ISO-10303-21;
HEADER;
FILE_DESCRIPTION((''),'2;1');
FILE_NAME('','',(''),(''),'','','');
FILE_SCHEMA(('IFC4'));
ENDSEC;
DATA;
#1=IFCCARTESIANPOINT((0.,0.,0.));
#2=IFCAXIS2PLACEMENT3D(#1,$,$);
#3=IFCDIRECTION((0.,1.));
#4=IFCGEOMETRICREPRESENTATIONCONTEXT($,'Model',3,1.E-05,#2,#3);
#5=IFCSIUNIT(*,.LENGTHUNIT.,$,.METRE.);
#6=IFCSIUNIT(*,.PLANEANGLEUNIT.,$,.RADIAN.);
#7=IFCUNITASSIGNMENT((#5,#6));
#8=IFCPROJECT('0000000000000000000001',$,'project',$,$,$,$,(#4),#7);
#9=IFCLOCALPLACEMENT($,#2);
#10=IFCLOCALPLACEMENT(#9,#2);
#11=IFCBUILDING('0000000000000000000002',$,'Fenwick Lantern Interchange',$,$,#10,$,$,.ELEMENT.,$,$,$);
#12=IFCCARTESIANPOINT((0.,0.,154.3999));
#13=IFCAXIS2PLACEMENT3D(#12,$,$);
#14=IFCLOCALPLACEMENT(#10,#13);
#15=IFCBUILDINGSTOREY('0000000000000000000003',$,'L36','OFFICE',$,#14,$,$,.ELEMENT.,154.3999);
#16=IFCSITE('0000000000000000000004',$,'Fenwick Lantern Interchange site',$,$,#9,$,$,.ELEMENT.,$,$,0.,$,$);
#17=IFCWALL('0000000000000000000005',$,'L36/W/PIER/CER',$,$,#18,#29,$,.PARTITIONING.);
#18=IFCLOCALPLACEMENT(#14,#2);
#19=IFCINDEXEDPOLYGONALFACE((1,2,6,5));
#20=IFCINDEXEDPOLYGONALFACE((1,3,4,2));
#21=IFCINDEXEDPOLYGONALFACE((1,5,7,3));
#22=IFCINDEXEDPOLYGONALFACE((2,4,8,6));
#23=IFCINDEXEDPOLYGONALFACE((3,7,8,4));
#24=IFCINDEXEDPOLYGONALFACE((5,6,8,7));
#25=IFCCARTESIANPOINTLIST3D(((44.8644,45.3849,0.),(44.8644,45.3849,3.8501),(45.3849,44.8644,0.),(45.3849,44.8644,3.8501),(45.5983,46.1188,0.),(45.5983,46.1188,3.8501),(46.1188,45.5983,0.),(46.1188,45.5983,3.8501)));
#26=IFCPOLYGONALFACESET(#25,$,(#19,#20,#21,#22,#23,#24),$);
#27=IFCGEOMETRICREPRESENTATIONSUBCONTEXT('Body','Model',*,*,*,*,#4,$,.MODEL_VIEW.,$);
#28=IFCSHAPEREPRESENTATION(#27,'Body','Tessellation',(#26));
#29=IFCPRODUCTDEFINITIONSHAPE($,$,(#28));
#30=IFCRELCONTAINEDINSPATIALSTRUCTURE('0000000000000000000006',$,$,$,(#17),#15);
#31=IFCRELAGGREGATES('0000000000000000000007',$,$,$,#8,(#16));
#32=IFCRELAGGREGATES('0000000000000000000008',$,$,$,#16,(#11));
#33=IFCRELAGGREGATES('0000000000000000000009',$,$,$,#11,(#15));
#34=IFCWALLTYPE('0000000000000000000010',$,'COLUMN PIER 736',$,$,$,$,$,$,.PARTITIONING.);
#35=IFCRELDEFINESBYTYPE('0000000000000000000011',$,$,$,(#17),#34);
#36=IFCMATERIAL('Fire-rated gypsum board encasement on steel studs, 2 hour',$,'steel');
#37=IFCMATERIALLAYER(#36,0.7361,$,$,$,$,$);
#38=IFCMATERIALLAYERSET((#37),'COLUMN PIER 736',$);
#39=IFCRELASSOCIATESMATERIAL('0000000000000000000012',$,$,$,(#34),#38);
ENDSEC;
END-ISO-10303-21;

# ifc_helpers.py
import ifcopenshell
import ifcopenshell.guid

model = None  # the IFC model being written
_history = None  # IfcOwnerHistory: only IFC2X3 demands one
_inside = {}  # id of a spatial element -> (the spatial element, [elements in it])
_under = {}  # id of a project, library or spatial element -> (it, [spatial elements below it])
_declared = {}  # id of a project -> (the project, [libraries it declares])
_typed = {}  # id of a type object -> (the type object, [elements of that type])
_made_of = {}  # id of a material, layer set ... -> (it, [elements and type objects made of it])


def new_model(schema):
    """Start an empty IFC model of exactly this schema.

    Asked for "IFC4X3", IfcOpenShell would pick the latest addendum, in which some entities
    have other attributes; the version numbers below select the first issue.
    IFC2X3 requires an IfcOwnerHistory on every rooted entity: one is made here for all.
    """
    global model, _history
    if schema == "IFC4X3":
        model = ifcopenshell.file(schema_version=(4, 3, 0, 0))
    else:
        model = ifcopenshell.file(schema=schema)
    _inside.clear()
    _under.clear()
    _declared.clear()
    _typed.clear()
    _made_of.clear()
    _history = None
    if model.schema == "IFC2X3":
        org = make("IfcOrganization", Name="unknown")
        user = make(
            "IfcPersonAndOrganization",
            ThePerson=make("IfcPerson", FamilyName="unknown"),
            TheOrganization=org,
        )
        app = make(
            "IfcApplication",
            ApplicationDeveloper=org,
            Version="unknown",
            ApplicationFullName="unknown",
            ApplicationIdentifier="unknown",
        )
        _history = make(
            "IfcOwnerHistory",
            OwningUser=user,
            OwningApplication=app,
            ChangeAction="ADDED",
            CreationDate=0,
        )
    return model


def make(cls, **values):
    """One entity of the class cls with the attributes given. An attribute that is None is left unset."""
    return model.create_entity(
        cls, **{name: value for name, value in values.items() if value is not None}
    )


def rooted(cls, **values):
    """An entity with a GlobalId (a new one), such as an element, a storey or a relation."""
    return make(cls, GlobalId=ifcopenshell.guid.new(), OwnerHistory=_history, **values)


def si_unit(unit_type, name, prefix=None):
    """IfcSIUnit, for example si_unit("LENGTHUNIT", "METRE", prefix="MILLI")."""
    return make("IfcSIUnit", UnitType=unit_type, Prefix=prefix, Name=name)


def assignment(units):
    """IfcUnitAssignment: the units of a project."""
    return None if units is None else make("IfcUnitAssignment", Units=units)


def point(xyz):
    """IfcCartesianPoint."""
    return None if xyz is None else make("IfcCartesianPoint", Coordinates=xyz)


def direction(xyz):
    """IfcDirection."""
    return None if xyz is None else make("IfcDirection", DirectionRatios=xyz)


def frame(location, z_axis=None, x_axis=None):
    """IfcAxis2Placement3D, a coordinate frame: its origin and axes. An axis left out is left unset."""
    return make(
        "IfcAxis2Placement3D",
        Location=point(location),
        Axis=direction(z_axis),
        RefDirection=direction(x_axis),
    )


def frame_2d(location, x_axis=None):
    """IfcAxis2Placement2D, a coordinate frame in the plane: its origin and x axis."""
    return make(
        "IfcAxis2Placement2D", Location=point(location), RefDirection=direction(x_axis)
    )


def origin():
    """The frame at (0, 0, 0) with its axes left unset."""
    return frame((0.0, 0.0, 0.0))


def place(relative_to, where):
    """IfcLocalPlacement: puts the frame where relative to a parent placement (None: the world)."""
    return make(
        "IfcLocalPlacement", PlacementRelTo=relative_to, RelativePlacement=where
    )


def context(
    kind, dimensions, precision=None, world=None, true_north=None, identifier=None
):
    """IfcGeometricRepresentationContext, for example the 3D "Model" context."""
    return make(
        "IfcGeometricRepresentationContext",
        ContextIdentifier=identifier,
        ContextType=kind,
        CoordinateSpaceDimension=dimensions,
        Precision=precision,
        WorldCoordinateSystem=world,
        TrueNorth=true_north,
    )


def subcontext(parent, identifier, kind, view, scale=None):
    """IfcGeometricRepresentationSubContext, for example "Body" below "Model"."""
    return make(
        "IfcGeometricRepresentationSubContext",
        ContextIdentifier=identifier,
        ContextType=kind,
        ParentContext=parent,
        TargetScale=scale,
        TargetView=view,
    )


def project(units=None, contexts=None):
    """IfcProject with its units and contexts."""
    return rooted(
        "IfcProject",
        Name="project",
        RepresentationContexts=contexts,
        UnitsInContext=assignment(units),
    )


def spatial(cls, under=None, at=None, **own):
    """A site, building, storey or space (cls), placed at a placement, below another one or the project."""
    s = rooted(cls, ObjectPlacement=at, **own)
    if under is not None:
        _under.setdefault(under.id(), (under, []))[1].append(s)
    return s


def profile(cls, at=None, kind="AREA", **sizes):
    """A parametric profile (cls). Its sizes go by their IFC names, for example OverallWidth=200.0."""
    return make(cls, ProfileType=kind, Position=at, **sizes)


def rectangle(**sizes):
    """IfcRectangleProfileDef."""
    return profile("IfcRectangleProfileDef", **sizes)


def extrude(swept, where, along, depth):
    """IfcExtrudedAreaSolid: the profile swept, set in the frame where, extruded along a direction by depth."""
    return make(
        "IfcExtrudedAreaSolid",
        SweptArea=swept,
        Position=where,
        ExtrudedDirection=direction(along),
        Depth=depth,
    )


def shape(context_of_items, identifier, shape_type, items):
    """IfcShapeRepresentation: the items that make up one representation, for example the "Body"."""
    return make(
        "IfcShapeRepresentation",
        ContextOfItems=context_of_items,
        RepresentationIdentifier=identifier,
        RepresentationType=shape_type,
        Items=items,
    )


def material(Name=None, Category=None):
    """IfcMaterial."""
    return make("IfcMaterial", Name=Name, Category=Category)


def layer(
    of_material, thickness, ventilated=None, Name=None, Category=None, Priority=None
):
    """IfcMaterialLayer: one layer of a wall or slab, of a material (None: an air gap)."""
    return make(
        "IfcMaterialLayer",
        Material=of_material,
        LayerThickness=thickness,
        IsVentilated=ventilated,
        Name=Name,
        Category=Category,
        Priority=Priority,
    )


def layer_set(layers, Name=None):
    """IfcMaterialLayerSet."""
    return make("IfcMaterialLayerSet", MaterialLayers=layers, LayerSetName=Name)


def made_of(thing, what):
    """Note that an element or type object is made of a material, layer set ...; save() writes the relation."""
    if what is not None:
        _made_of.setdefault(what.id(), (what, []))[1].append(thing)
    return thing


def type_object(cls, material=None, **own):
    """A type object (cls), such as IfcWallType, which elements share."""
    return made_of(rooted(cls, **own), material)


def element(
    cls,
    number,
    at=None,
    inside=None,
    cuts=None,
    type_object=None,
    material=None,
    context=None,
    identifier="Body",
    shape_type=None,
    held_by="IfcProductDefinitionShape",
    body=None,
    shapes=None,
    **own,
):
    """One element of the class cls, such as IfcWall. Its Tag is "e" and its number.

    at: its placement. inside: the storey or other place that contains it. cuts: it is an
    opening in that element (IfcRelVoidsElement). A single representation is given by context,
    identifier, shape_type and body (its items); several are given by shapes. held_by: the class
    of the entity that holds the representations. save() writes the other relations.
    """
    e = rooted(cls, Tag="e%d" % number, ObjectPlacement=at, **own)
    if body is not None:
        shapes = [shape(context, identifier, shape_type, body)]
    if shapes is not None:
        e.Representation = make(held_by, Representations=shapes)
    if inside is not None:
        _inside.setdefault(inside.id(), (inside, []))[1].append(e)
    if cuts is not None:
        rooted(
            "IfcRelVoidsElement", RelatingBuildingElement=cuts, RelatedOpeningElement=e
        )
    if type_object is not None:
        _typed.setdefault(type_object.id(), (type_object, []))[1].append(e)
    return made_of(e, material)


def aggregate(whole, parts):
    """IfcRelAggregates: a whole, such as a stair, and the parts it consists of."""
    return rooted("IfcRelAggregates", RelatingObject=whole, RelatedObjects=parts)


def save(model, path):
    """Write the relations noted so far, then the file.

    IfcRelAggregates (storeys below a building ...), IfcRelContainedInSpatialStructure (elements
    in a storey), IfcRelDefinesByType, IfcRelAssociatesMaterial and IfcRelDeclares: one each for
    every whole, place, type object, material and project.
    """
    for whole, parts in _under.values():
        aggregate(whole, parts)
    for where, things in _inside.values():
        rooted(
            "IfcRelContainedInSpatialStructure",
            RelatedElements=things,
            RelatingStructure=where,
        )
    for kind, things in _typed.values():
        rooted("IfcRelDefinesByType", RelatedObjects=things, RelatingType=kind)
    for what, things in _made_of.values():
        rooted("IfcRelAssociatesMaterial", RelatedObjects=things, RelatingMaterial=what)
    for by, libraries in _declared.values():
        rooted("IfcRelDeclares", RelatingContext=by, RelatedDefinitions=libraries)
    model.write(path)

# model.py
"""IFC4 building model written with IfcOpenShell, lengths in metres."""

from ifc_helpers import new_model, si_unit, direction, frame, frame_2d, origin, place, context, subcontext, project, spatial, rectangle, extrude, material, layer, layer_set, type_object, element, save


model = new_model("IFC4")

# Units and contexts
model_context = context("Model", 3, precision=1e-05, world=origin(), true_north=direction((0.0, 1.0)))
body_context = subcontext(model_context, "Body", "Model", "MODEL_VIEW")
ifc_project = project(units=[si_unit("LENGTHUNIT", "METRE"), si_unit("PLANEANGLEUNIT", "RADIAN")], contexts=[model_context])

# Site, building, storey
site_placement = place(None, origin())
site = spatial("IfcSite", under=ifc_project, at=site_placement, Name="Fenwick Lantern Interchange site", CompositionType="ELEMENT", RefElevation=0.0)
building_placement = place(site_placement, origin())
building = spatial("IfcBuilding", under=site, at=building_placement, Name="Fenwick Lantern Interchange", CompositionType="ELEMENT")
storey_placement = place(building_placement, frame((0.0, 0.0, 154.3999)))
storey = spatial("IfcBuildingStorey", under=building, at=storey_placement, Name="L36", Description="OFFICE", CompositionType="ELEMENT", Elevation=154.3999)

# Wall
ifc_material_1 = material(Name="Fire-rated gypsum board encasement on steel studs, 2 hour", Category="steel")
ifc_layer_1 = layer(ifc_material_1, 0.7361)
ifc_layer_set_1 = layer_set([ifc_layer_1], Name="COLUMN PIER 736")
wall_type_1 = type_object("IfcWallType", Name="COLUMN PIER 736", PredefinedType="PARTITIONING", material=ifc_layer_set_1)
wall_1_placement = place(storey_placement, frame((45.8586, 45.8586, 0.0), z_axis=(0.0, 0.0, 1.0), x_axis=(-0.707107, -0.707107, 0.0)))
element("IfcWall", 1, at=wall_1_placement, inside=storey, type_object=wall_type_1, Name="L36/W/PIER/CER", PredefinedType="PARTITIONING", context=body_context, shape_type="SweptSolid", body=[
    extrude(rectangle(XDim=1.0378, YDim=0.7361, at=frame_2d((0.519, 0.0))), origin(), (0.0, 0.0, 1.0), 3.8501),
])

save(model, "model.ifc")
